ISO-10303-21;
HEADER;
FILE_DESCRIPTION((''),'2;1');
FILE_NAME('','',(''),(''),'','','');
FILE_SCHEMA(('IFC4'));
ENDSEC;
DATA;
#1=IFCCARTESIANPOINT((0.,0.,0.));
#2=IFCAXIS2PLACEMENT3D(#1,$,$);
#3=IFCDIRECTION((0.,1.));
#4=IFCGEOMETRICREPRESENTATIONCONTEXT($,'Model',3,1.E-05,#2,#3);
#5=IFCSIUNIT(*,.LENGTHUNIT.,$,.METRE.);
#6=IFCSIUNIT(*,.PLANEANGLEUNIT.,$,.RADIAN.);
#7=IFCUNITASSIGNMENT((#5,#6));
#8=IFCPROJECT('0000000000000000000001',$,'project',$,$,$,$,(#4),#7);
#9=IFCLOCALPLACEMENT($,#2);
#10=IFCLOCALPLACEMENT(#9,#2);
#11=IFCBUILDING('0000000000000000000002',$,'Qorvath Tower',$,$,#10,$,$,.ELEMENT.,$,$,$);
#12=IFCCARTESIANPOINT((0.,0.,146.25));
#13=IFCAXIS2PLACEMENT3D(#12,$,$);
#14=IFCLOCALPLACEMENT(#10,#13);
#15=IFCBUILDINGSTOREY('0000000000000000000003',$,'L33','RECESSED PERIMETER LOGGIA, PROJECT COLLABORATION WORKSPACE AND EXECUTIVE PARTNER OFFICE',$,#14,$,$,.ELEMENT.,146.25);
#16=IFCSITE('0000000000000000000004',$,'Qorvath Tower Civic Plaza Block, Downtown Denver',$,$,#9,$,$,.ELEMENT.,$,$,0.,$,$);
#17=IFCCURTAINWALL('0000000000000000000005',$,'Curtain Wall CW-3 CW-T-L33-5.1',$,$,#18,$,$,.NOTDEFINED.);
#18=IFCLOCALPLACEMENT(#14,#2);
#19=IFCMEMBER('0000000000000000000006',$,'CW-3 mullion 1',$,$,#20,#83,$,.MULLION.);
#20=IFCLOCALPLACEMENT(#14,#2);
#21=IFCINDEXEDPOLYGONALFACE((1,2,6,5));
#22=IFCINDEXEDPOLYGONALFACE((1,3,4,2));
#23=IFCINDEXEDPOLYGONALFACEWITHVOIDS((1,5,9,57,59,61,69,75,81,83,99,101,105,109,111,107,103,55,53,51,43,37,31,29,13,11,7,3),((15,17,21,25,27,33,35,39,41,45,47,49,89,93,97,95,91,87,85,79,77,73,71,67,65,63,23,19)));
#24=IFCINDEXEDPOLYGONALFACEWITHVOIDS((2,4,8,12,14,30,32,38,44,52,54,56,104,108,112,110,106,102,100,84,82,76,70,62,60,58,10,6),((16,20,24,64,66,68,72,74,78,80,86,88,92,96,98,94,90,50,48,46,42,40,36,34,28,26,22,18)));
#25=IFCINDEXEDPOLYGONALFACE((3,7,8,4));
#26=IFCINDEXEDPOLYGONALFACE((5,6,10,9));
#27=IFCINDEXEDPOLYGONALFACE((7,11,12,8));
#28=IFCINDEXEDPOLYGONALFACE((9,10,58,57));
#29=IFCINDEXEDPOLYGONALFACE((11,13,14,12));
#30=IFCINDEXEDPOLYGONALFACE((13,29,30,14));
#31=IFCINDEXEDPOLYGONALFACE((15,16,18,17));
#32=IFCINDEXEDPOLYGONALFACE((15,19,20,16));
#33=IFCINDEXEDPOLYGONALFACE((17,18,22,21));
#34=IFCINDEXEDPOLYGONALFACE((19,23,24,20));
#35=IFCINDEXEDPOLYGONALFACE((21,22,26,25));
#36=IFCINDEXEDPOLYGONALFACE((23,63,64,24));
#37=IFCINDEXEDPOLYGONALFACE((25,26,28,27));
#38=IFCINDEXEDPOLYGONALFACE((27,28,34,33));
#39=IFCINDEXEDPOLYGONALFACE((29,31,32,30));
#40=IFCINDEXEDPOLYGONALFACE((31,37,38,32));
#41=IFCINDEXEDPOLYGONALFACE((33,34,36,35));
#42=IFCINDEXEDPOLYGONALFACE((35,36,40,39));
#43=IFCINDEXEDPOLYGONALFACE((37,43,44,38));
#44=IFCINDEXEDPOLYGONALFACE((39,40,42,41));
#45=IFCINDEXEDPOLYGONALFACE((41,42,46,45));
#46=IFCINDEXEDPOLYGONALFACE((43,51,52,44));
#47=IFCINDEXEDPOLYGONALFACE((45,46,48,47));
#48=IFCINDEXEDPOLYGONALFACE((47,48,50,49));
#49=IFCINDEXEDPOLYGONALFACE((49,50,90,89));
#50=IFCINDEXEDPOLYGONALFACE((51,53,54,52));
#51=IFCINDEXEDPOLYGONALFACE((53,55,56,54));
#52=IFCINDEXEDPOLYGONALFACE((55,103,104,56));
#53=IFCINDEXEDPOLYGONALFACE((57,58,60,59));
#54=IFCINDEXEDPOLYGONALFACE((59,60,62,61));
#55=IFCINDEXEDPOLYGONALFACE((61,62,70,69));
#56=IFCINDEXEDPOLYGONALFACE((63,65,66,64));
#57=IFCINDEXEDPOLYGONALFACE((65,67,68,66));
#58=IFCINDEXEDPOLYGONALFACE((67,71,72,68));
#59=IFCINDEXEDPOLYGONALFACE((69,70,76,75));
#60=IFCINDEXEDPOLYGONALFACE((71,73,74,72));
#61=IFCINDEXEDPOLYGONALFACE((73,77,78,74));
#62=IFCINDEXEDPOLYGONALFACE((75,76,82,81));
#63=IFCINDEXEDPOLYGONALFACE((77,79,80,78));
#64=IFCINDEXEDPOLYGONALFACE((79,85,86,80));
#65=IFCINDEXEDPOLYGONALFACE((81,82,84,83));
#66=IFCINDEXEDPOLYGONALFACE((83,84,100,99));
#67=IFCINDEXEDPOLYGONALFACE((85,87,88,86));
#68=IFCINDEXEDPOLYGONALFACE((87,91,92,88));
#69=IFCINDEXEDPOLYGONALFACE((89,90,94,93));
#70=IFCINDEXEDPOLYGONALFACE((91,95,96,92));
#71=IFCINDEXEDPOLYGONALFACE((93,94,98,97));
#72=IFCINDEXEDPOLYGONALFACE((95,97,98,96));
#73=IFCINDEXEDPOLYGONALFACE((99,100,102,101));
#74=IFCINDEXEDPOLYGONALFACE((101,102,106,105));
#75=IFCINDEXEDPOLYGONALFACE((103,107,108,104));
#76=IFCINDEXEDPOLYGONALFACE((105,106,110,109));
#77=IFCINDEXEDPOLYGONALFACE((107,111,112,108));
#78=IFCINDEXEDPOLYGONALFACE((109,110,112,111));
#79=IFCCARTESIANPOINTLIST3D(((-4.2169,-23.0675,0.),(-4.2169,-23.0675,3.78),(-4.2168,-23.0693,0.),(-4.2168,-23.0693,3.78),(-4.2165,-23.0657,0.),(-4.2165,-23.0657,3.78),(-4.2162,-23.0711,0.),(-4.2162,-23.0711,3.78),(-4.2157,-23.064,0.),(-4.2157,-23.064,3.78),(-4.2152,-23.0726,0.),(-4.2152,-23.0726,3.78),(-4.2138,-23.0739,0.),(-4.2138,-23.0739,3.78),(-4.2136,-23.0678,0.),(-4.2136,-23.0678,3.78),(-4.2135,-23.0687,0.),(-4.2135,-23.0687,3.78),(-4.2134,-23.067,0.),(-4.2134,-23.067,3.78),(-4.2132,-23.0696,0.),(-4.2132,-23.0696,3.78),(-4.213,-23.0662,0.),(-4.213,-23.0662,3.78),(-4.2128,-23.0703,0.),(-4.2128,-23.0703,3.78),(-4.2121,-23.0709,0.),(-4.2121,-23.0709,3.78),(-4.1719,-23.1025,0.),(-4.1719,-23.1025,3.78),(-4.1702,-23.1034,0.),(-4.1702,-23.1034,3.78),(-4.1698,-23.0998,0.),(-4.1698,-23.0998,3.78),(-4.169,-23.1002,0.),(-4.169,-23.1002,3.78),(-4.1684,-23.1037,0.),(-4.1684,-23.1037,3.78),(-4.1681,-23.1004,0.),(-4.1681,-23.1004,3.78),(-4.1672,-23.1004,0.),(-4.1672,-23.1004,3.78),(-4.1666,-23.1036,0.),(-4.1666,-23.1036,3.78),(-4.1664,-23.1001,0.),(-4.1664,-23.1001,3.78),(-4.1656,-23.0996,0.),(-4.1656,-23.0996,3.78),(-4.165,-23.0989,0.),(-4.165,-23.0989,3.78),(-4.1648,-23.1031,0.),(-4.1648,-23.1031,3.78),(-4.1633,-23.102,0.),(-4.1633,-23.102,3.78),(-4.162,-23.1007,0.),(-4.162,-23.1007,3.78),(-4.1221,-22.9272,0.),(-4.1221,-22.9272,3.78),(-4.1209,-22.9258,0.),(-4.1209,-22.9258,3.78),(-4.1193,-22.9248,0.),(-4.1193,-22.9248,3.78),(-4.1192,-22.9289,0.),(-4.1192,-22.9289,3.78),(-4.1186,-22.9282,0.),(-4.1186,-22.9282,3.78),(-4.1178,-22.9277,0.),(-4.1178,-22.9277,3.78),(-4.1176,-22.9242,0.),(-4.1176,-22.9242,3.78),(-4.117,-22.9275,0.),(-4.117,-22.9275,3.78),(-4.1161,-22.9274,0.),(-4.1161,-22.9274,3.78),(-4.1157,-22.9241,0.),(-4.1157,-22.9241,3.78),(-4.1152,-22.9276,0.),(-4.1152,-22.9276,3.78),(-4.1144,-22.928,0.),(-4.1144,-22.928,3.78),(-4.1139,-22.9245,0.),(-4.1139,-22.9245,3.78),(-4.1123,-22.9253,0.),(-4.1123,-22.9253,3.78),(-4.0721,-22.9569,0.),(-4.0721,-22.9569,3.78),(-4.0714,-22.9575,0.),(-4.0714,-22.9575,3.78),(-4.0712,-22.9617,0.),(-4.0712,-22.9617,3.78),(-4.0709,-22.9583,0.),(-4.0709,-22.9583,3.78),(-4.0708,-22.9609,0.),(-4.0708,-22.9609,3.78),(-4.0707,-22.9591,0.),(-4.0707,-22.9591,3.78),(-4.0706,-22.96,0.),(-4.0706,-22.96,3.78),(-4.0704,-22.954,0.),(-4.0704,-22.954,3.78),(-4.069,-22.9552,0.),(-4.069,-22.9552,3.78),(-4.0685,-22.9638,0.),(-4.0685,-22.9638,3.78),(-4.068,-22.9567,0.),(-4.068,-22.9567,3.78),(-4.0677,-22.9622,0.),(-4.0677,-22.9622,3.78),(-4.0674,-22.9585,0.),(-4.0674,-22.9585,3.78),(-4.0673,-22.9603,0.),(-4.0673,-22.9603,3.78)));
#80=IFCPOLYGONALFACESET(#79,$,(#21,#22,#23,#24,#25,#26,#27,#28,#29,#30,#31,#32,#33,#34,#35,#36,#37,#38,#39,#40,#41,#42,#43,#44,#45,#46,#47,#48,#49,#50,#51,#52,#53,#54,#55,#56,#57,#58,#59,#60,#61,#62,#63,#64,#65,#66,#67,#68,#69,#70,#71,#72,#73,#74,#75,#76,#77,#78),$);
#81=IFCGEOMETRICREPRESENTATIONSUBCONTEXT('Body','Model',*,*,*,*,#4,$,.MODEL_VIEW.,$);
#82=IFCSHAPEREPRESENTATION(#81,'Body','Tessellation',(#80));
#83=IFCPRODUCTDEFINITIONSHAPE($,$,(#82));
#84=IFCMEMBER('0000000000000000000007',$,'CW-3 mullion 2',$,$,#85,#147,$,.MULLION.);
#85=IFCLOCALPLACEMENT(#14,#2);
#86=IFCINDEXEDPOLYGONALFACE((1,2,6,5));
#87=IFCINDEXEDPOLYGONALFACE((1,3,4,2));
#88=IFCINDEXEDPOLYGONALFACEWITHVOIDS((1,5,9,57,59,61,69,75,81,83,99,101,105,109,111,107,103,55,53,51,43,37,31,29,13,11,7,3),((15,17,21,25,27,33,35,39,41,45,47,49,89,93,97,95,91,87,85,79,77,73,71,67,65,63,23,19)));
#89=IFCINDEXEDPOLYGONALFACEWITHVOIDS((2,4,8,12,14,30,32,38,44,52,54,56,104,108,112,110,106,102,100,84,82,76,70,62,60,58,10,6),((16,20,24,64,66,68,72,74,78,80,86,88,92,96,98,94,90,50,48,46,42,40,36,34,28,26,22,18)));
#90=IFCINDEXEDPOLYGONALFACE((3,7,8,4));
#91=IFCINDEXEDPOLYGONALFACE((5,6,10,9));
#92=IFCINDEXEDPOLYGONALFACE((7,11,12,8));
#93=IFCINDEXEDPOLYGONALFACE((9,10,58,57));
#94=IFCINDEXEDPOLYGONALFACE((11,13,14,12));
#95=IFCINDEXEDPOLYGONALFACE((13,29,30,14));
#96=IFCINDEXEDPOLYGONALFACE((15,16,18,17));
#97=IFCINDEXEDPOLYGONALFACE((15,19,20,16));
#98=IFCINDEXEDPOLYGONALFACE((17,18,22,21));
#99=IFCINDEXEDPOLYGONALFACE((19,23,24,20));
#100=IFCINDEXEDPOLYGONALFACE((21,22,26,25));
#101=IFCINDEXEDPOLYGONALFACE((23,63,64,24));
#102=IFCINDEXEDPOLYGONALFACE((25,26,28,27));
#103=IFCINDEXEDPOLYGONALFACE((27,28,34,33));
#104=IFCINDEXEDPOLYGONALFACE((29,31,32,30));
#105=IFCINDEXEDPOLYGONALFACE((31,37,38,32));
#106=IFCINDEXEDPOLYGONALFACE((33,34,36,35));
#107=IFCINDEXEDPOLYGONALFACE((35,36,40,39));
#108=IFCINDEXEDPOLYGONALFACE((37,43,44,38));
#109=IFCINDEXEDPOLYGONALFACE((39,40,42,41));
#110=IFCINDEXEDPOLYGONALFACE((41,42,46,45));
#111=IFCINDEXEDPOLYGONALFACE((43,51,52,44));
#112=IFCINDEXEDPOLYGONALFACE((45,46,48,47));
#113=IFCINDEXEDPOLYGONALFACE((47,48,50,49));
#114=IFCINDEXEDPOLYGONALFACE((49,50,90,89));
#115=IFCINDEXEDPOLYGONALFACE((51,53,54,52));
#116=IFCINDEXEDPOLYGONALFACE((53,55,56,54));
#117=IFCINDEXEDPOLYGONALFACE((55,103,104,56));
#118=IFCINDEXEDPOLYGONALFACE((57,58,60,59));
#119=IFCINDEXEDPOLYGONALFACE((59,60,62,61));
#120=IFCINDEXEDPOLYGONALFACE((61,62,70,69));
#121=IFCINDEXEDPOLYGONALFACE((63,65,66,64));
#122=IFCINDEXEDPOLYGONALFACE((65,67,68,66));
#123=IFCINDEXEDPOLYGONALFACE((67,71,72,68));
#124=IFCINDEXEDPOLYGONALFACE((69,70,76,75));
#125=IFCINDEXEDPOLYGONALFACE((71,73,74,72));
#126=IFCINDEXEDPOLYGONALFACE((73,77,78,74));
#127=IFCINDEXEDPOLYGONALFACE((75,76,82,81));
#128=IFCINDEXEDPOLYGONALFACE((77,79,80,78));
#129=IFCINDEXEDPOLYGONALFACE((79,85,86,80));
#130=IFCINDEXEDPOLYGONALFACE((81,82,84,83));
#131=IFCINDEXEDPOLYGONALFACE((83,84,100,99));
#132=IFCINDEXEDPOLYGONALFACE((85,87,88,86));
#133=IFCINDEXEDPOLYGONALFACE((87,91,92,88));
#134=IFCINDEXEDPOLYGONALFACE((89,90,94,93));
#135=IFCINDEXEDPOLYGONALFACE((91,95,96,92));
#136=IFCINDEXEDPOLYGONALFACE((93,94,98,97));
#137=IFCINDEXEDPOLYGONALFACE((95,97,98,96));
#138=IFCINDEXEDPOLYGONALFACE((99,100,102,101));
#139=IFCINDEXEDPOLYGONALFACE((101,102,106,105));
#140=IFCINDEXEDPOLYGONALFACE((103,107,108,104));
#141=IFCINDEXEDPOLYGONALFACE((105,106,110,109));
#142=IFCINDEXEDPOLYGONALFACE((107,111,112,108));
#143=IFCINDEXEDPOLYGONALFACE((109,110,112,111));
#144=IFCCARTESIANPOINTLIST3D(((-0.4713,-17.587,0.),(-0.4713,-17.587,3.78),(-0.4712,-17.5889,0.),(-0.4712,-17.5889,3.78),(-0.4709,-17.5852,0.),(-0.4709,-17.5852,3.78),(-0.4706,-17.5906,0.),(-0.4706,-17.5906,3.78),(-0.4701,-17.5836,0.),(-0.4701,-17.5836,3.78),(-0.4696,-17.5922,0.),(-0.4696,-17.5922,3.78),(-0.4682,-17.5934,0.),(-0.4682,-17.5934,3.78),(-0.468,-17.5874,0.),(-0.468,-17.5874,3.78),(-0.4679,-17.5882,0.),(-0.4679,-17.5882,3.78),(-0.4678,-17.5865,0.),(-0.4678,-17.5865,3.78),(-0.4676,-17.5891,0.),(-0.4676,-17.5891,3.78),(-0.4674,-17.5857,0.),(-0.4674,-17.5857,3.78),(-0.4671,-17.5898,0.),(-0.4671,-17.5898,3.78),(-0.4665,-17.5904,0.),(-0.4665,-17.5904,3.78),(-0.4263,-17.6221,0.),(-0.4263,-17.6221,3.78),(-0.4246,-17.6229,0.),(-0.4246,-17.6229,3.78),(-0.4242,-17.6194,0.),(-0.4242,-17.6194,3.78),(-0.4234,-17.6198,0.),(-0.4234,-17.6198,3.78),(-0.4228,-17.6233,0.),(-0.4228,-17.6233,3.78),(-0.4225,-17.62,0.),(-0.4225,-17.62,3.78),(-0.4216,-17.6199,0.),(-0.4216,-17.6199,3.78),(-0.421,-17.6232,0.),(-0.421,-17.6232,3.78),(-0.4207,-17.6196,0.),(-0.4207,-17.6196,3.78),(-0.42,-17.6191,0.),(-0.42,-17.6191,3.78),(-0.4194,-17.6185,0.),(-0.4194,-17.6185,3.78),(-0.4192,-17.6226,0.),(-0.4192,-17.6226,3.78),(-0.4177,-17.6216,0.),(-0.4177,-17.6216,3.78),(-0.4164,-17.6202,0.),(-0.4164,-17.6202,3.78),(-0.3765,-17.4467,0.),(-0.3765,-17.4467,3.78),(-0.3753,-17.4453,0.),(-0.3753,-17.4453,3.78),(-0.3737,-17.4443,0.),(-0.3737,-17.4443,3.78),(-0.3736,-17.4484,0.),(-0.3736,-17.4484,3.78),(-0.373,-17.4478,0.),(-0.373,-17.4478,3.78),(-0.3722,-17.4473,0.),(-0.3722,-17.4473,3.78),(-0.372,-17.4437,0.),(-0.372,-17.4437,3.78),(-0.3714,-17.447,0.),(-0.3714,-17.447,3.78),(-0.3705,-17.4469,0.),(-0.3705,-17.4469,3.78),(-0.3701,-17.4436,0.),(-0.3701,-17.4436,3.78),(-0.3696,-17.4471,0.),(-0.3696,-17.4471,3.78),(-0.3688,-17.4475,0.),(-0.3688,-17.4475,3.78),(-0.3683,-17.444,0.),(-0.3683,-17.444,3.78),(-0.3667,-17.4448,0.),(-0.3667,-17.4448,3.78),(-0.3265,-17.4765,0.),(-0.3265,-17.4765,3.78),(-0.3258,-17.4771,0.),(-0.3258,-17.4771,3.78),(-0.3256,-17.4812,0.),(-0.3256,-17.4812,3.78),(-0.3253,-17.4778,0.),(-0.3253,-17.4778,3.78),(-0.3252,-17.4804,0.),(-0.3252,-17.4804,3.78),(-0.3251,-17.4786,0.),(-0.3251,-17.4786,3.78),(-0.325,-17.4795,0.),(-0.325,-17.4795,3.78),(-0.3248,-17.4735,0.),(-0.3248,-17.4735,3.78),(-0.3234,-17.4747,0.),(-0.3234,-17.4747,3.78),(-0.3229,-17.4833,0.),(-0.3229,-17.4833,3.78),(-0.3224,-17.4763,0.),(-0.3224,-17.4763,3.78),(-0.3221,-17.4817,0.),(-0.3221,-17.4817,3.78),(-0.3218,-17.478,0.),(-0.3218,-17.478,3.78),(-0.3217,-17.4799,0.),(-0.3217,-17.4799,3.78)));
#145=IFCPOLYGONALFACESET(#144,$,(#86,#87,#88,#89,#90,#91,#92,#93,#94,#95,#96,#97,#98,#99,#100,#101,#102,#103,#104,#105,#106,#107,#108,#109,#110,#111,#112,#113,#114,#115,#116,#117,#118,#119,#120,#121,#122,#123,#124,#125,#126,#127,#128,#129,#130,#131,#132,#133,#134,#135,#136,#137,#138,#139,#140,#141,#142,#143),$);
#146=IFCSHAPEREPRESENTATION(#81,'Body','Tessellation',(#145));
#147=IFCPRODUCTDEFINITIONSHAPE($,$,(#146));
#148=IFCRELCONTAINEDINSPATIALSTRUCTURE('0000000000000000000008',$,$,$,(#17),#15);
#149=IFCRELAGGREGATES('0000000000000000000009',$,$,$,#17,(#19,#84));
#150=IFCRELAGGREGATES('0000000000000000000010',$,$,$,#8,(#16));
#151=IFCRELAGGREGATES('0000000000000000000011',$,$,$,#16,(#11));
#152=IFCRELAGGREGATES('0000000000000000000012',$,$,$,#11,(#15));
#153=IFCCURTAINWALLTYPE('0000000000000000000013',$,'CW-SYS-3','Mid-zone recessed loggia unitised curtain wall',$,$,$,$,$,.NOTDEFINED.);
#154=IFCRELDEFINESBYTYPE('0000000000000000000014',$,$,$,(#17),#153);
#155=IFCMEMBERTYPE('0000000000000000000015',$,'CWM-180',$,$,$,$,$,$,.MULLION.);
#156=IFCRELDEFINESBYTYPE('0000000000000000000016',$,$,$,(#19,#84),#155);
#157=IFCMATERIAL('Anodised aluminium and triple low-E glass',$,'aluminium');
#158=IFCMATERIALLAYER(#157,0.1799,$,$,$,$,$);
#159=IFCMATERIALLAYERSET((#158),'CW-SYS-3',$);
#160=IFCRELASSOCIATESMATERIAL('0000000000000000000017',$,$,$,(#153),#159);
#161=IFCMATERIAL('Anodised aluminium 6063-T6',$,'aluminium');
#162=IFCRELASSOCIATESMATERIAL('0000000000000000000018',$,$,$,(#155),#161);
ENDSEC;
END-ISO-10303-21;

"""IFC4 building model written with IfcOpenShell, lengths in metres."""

from ifc_helpers import new_model, si_unit, direction, frame, origin, origin_2d, place, context, subcontext, project, spatial, hollow_rectangle, extrude, material, layer, layer_set, material_profile, profile_set, type_object, element, aggregate, save


model = new_model("IFC4")

# Units and contexts
model_context = context("Model", 3, precision=1e-05, world=origin(), true_north=direction((0.0, 1.0)))
body_context = subcontext(model_context, "Body", "Model", "MODEL_VIEW")
ifc_project = project(units=[si_unit("LENGTHUNIT", "METRE"), si_unit("PLANEANGLEUNIT", "RADIAN")], contexts=[model_context])

# Site, building, storey
site_placement = place(None, origin())
site = spatial("IfcSite", under=ifc_project, at=site_placement, Name="Qorvath Tower Civic Plaza Block, Downtown Denver", CompositionType="ELEMENT", RefElevation=0.0)
building_placement = place(site_placement, origin())
building = spatial("IfcBuilding", under=site, at=building_placement, Name="Qorvath Tower", CompositionType="ELEMENT")
storey_placement = place(building_placement, frame((0.0, 0.0, 146.25)))
storey = spatial("IfcBuildingStorey", under=building, at=storey_placement, Name="L33", Description="RECESSED PERIMETER LOGGIA, PROJECT COLLABORATION WORKSPACE AND EXECUTIVE PARTNER OFFICE", CompositionType="ELEMENT", Elevation=146.25)

# Curtain wall, members
ifc_material_1 = material(Name="Anodised aluminium and triple low-E glass", Category="aluminium")
ifc_layer_1 = layer(ifc_material_1, 0.1799)
ifc_layer_set_1 = layer_set([ifc_layer_1], Name="CW-SYS-3")
curtain_wall_type = type_object("IfcCurtainWallType", Name="CW-SYS-3", Description="Mid-zone recessed loggia unitised curtain wall", PredefinedType="NOTDEFINED", material=ifc_layer_set_1)
ifc_material_2 = material(Name="Anodised aluminium 6063-T6", Category="aluminium")
ifc_material_profile_1 = material_profile(ifc_material_2, hollow_rectangle(XDim=0.0649, YDim=0.1799, WallThickness=0.0034, InnerFilletRadius=0.0034, OuterFilletRadius=0.0071, at=origin_2d()), Name="CWM 180x65")
ifc_profile_set_1 = profile_set([ifc_material_profile_1], Name="Anodised aluminium 6063-T6")
member_type_1 = type_object("IfcMemberType", Name="CWM-180", PredefinedType="MULLION", material=ifc_profile_set_1)
curtain_wall_1_placement = place(storey_placement, origin())
curtain_wall_1 = element("IfcCurtainWall", 1, at=curtain_wall_1_placement, inside=storey, type_object=curtain_wall_type, Name="Curtain Wall CW-3 CW-T-L33-5.1", PredefinedType="NOTDEFINED")
member_1_placement = place(storey_placement, frame((-4.1421, -23.0139, 0.0), z_axis=(0.0, 0.0, 1.0), x_axis=(-0.82561, 0.564241, 0.0)))
member_1 = element("IfcMember", 2, at=member_1_placement, type_object=member_type_1, Name="CW-3 mullion 1", PredefinedType="MULLION", context=body_context, shape_type="SweptSolid", body=[
    extrude(hollow_rectangle(XDim=0.0649, YDim=0.1799, WallThickness=0.0034, InnerFilletRadius=0.0034, OuterFilletRadius=0.0071, at=origin_2d()), origin(), (0.0, 0.0, 1.0), 3.78),
])
member_2_placement = place(storey_placement, frame((-0.3965, -17.5334, 0.0), z_axis=(0.0, 0.0, 1.0), x_axis=(-0.82561, 0.564241, 0.0)))
member_2 = element("IfcMember", 3, at=member_2_placement, type_object=member_type_1, Name="CW-3 mullion 2", PredefinedType="MULLION", context=body_context, shape_type="SweptSolid", body=[
    extrude(hollow_rectangle(XDim=0.0649, YDim=0.1799, WallThickness=0.0034, InnerFilletRadius=0.0034, OuterFilletRadius=0.0071, at=origin_2d()), origin(), (0.0, 0.0, 1.0), 3.78),
])

aggregate(curtain_wall_1, [member_1, member_2])

save(model, "model.ifc")
